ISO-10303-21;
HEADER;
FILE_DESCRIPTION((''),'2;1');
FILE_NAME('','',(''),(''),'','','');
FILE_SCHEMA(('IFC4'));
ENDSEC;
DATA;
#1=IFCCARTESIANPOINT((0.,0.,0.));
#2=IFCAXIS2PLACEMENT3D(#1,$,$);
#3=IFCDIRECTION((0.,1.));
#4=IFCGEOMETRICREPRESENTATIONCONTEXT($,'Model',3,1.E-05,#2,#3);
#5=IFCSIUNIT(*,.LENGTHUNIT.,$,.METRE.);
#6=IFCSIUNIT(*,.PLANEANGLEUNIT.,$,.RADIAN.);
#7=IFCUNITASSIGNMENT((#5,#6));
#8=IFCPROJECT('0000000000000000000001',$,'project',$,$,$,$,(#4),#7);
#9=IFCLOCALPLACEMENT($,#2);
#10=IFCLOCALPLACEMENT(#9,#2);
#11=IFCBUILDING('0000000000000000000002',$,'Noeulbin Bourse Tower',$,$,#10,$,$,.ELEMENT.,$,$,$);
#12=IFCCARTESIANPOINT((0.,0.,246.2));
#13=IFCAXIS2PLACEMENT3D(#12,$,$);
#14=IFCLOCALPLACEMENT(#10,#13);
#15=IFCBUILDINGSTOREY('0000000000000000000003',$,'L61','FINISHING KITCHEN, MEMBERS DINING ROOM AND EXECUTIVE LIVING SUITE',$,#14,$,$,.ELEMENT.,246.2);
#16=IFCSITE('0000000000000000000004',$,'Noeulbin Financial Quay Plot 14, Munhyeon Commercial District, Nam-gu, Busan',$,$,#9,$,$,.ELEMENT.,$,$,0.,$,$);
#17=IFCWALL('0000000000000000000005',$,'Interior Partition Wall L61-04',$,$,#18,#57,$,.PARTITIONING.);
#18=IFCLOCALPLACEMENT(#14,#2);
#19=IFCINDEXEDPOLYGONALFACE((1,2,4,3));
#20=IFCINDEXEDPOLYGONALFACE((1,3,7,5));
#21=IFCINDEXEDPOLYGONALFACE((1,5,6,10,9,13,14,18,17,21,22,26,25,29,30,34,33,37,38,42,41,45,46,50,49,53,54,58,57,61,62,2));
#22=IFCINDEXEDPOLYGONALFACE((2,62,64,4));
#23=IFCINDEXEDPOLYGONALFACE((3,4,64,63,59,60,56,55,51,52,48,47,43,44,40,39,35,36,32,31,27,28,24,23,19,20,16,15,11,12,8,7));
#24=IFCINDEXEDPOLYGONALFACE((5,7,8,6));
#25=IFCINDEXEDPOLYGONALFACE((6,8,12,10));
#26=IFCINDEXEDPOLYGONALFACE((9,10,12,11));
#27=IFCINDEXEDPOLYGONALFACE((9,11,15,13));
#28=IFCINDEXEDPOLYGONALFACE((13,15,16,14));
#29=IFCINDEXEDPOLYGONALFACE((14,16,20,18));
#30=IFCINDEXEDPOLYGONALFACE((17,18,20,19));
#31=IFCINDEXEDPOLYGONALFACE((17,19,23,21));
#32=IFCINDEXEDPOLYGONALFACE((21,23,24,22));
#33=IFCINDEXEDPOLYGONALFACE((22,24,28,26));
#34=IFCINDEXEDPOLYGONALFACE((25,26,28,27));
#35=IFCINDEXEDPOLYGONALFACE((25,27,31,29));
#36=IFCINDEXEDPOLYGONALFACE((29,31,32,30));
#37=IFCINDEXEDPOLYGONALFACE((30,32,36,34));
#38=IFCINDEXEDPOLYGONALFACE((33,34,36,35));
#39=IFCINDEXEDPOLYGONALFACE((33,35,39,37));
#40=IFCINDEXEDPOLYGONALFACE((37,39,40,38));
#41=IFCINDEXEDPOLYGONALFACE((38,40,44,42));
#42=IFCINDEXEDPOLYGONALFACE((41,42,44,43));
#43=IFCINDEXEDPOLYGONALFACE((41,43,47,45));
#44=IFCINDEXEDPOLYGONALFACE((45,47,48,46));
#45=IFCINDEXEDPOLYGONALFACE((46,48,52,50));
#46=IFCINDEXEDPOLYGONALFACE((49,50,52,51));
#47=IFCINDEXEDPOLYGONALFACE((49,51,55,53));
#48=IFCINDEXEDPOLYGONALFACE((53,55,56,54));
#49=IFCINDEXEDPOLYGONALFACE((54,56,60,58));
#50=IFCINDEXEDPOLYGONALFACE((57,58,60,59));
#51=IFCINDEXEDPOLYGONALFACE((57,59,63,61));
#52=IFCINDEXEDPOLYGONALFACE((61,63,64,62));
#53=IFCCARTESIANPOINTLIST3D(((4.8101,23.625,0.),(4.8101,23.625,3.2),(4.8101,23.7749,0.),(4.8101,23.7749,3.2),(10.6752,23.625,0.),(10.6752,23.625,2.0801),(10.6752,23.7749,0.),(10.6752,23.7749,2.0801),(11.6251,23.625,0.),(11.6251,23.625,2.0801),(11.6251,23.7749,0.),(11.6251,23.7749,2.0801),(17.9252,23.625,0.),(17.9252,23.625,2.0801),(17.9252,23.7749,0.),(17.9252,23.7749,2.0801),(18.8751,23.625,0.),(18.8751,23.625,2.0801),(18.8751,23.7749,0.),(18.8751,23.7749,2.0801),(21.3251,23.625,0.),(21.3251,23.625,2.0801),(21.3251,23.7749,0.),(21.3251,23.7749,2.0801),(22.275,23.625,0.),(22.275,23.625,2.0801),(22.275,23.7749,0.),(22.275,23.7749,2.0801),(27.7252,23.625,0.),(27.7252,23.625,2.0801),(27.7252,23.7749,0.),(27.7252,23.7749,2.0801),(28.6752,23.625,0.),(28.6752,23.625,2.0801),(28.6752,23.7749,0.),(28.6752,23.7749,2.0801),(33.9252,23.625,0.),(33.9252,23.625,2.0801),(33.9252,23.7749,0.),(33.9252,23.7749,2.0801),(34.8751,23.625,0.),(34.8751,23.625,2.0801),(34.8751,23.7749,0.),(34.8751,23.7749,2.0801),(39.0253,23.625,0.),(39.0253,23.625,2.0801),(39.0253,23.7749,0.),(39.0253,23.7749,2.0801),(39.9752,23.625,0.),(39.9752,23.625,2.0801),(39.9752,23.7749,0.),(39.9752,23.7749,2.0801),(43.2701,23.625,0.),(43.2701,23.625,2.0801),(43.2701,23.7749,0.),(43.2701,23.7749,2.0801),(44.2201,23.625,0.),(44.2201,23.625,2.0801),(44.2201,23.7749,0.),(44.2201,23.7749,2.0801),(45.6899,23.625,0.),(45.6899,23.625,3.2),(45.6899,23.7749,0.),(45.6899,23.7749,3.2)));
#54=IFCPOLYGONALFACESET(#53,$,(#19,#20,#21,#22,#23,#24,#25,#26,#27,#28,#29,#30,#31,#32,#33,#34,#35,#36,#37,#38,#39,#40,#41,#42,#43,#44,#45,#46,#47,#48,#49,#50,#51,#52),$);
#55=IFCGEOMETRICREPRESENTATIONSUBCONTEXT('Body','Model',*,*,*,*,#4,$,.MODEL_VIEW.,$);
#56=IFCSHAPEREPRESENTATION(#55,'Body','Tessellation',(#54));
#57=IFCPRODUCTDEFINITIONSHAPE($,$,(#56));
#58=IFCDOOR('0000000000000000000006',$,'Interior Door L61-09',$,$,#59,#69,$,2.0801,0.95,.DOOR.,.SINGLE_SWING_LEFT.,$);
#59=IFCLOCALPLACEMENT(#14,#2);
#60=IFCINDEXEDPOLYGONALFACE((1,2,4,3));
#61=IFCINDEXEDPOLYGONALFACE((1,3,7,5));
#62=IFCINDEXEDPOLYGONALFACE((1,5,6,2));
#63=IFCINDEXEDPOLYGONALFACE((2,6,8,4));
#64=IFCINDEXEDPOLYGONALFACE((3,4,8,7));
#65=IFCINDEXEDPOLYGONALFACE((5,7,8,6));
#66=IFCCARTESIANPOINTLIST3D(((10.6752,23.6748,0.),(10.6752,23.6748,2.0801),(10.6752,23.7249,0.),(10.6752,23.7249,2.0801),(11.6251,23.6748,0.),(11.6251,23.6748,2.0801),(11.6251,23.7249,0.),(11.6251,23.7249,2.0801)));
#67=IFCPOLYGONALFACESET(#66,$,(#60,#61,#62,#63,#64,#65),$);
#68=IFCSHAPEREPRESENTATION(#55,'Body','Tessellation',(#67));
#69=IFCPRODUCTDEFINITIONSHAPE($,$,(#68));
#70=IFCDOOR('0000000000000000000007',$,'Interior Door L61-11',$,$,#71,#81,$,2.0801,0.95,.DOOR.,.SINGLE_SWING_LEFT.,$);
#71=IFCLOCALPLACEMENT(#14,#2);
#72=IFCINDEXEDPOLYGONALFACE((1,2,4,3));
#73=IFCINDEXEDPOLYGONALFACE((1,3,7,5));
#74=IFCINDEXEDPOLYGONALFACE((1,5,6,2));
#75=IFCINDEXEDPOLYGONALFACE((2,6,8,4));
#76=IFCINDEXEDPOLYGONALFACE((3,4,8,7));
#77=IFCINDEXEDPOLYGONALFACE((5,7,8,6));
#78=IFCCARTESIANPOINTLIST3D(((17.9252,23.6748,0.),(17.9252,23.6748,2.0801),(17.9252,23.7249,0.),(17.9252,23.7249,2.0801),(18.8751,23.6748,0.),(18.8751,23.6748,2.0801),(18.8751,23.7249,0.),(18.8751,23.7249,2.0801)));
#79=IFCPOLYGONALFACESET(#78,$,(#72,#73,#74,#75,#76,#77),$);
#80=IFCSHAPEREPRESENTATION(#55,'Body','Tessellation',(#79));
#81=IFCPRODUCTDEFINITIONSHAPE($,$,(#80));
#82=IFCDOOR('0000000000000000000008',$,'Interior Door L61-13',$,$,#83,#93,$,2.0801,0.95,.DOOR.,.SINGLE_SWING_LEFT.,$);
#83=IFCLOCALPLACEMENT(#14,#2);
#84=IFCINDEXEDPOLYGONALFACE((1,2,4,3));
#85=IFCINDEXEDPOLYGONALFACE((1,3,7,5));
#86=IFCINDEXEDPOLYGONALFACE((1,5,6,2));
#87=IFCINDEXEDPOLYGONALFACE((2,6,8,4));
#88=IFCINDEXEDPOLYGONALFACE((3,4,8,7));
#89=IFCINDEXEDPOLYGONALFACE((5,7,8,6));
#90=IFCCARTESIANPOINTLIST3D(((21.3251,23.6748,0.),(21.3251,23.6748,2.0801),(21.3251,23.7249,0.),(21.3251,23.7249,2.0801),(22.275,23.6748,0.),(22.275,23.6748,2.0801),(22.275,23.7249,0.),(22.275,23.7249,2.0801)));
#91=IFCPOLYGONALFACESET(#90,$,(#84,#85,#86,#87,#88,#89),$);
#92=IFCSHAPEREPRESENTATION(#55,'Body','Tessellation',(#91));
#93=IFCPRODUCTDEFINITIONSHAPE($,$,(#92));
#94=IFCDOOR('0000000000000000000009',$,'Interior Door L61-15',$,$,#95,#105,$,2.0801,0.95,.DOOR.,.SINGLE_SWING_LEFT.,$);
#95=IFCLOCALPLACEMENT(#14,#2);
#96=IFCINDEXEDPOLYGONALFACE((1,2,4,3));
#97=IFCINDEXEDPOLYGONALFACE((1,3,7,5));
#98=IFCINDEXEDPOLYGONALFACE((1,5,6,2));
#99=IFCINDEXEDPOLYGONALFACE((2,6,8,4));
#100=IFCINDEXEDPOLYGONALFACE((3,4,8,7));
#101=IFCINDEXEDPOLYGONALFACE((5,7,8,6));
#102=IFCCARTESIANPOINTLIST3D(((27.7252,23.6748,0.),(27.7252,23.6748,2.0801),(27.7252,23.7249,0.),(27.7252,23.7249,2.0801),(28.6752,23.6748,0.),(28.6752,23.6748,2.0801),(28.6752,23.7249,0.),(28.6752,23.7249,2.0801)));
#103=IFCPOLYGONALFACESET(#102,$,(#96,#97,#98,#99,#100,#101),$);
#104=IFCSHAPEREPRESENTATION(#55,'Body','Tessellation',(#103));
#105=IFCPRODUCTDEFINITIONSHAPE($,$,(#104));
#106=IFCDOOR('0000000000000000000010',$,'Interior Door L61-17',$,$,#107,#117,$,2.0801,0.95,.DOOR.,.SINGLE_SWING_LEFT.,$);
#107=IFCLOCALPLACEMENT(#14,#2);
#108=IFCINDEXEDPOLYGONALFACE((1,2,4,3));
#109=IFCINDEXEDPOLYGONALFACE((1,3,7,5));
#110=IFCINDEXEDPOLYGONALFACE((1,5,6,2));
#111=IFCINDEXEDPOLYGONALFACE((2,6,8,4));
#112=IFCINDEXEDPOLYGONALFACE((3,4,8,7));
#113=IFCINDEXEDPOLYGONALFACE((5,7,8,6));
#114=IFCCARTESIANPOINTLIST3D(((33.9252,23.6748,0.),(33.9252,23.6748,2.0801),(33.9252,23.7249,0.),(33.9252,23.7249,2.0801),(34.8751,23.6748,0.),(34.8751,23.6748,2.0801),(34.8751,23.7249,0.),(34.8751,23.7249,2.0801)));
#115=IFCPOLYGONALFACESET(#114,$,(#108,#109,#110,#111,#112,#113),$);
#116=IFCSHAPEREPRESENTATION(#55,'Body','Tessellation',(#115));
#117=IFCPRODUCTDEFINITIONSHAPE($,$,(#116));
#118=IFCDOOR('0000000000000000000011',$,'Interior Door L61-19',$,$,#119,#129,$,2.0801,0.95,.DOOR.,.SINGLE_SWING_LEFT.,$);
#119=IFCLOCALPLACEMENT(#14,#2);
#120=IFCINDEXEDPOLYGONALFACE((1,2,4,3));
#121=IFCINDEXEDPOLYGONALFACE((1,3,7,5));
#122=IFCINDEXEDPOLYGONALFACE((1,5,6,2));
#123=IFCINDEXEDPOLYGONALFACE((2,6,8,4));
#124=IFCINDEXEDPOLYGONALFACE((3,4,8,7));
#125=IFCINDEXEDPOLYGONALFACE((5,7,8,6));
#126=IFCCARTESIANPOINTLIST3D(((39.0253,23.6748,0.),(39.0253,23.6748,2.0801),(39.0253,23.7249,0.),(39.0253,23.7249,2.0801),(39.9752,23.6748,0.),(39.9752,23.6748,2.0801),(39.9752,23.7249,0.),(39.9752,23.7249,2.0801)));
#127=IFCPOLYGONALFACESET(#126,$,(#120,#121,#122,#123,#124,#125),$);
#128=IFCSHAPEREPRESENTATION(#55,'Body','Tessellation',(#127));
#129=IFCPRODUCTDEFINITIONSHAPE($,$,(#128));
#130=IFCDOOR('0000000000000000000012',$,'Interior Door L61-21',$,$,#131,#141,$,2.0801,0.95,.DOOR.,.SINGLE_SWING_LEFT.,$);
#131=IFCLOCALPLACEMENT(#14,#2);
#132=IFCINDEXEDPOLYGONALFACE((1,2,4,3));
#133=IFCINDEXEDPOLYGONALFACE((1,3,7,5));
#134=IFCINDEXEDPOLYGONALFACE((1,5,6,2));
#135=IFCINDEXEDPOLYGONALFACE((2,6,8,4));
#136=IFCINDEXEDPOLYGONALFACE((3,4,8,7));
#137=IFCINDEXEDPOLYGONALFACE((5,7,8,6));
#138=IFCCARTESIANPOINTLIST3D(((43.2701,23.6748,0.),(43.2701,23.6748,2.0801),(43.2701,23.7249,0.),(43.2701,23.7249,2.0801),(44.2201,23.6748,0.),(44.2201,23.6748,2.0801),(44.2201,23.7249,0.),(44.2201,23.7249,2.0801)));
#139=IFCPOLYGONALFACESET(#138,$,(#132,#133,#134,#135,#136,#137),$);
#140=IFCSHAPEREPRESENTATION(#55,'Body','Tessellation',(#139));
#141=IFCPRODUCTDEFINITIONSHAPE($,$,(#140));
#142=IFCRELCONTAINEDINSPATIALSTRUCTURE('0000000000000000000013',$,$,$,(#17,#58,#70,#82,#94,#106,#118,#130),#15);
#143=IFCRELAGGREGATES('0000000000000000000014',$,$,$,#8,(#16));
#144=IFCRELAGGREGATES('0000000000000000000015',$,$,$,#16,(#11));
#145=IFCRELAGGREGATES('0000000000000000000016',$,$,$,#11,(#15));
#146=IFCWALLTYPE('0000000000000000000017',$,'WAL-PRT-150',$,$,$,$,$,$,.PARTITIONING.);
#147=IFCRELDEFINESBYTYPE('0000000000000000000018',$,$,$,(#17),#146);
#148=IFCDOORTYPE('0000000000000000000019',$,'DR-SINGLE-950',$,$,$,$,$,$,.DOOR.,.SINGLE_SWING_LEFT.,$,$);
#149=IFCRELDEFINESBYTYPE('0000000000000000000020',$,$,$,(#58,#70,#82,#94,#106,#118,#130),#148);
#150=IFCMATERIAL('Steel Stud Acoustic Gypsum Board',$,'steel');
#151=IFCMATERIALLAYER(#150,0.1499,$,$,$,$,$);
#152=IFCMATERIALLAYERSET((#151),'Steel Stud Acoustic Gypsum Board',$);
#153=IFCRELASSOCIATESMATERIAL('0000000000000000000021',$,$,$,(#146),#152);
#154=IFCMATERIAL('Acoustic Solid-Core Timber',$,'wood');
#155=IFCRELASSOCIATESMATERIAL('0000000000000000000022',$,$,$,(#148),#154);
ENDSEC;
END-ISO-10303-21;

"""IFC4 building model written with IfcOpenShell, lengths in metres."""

from ifc_helpers import new_model, si_unit, direction, frame, frame_2d, origin, place, context, subcontext, project, spatial, rectangle, extrude, material, layer, layer_set, type_object, element, fill, save


model = new_model("IFC4")

# Units and contexts
model_context = context("Model", 3, precision=1e-05, world=origin(), true_north=direction((0.0, 1.0)))
body_context = subcontext(model_context, "Body", "Model", "MODEL_VIEW")
ifc_project = project(units=[si_unit("LENGTHUNIT", "METRE"), si_unit("PLANEANGLEUNIT", "RADIAN")], contexts=[model_context])

# Site, building, storey
site_placement = place(None, origin())
site = spatial("IfcSite", under=ifc_project, at=site_placement, Name="Noeulbin Financial Quay Plot 14, Munhyeon Commercial District, Nam-gu, Busan", CompositionType="ELEMENT", RefElevation=0.0)
building_placement = place(site_placement, origin())
building = spatial("IfcBuilding", under=site, at=building_placement, Name="Noeulbin Bourse Tower", CompositionType="ELEMENT")
storey_placement = place(building_placement, frame((0.0, 0.0, 246.2)))
storey = spatial("IfcBuildingStorey", under=building, at=storey_placement, Name="L61", Description="FINISHING KITCHEN, MEMBERS DINING ROOM AND EXECUTIVE LIVING SUITE", CompositionType="ELEMENT", Elevation=246.2)

# Wall, openings, doors
ifc_material_1 = material(Name="Steel Stud Acoustic Gypsum Board", Category="steel")
ifc_layer_1 = layer(ifc_material_1, 0.1499)
ifc_layer_set_1 = layer_set([ifc_layer_1], Name="Steel Stud Acoustic Gypsum Board")
wall_type = type_object("IfcWallType", Name="WAL-PRT-150", PredefinedType="PARTITIONING", material=ifc_layer_set_1)
wall_placement = place(storey_placement, frame((4.8101, 23.7, 0.0), z_axis=(0.0, 0.0, 1.0), x_axis=(1.0, 0.0, 0.0)))
wall = element("IfcWall", 1, at=wall_placement, inside=storey, type_object=wall_type, Name="Interior Partition Wall L61-04", PredefinedType="PARTITIONING", context=body_context, shape_type="SweptSolid", body=[
    extrude(rectangle(XDim=40.8799, YDim=0.1499, at=frame_2d((20.4399, 0.0))), origin(), (0.0, 0.0, 1.0), 3.2),
])
opening_1_placement = place(wall_placement, frame((5.865, 0.0, 0.0)))
opening_1 = element("IfcOpeningElement", 2, at=opening_1_placement, cuts=wall, PredefinedType="OPENING", context=body_context, shape_type="SweptSolid", body=[
    extrude(rectangle(XDim=0.95, YDim=2.0801, at=frame_2d((0.4751, 1.04))), frame((0.0, 0.085, 0.0), z_axis=(0.0, -1.0, 0.0), x_axis=(1.0, 0.0, 0.0)), (0.0, 0.0, 1.0), 0.1699),
])
opening_2_placement = place(wall_placement, frame((13.115, 0.0, 0.0)))
opening_2 = element("IfcOpeningElement", 3, at=opening_2_placement, cuts=wall, PredefinedType="OPENING", context=body_context, shape_type="SweptSolid", body=[
    extrude(rectangle(XDim=0.95, YDim=2.0801, at=frame_2d((0.4751, 1.04))), frame((0.0, 0.085, 0.0), z_axis=(0.0, -1.0, 0.0), x_axis=(1.0, 0.0, 0.0)), (0.0, 0.0, 1.0), 0.1699),
])
opening_3_placement = place(wall_placement, frame((16.5149, 0.0, 0.0)))
opening_3 = element("IfcOpeningElement", 4, at=opening_3_placement, cuts=wall, PredefinedType="OPENING", context=body_context, shape_type="SweptSolid", body=[
    extrude(rectangle(XDim=0.95, YDim=2.0801, at=frame_2d((0.4751, 1.04))), frame((0.0, 0.085, 0.0), z_axis=(0.0, -1.0, 0.0), x_axis=(1.0, 0.0, 0.0)), (0.0, 0.0, 1.0), 0.1699),
])
opening_4_placement = place(wall_placement, frame((22.915, 0.0, 0.0)))
opening_4 = element("IfcOpeningElement", 5, at=opening_4_placement, cuts=wall, PredefinedType="OPENING", context=body_context, shape_type="SweptSolid", body=[
    extrude(rectangle(XDim=0.95, YDim=2.0801, at=frame_2d((0.4751, 1.04))), frame((0.0, 0.085, 0.0), z_axis=(0.0, -1.0, 0.0), x_axis=(1.0, 0.0, 0.0)), (0.0, 0.0, 1.0), 0.1699),
])
opening_5_placement = place(wall_placement, frame((29.115, 0.0, 0.0)))
opening_5 = element("IfcOpeningElement", 6, at=opening_5_placement, cuts=wall, PredefinedType="OPENING", context=body_context, shape_type="SweptSolid", body=[
    extrude(rectangle(XDim=0.95, YDim=2.0801, at=frame_2d((0.4751, 1.04))), frame((0.0, 0.085, 0.0), z_axis=(0.0, -1.0, 0.0), x_axis=(1.0, 0.0, 0.0)), (0.0, 0.0, 1.0), 0.1699),
])
opening_6_placement = place(wall_placement, frame((34.2151, 0.0, 0.0)))
opening_6 = element("IfcOpeningElement", 7, at=opening_6_placement, cuts=wall, PredefinedType="OPENING", context=body_context, shape_type="SweptSolid", body=[
    extrude(rectangle(XDim=0.95, YDim=2.0801, at=frame_2d((0.4751, 1.04))), frame((0.0, 0.085, 0.0), z_axis=(0.0, -1.0, 0.0), x_axis=(1.0, 0.0, 0.0)), (0.0, 0.0, 1.0), 0.1699),
])
opening_7_placement = place(wall_placement, frame((38.46, 0.0, 0.0)))
opening_7 = element("IfcOpeningElement", 8, at=opening_7_placement, cuts=wall, PredefinedType="OPENING", context=body_context, shape_type="SweptSolid", body=[
    extrude(rectangle(XDim=0.95, YDim=2.0801, at=frame_2d((0.4751, 1.04))), frame((0.0, 0.085, 0.0), z_axis=(0.0, -1.0, 0.0), x_axis=(1.0, 0.0, 0.0)), (0.0, 0.0, 1.0), 0.1699),
])
ifc_material_2 = material(Name="Acoustic Solid-Core Timber", Category="wood")
door_type = type_object("IfcDoorType", Name="DR-SINGLE-950", OperationType="SINGLE_SWING_LEFT", PredefinedType="DOOR", material=ifc_material_2)
door_1_placement = place(opening_1_placement, origin())
door_1 = element("IfcDoor", 9, at=door_1_placement, inside=storey, type_object=door_type, Name="Interior Door L61-09", OperationType="SINGLE_SWING_LEFT", OverallHeight=2.0801, OverallWidth=0.95, PredefinedType="DOOR", context=body_context, shape_type="SweptSolid", body=[
    extrude(rectangle(XDim=0.95, YDim=2.0801, at=frame_2d((0.4751, 1.04))), frame((0.0, 0.0249, 0.0), z_axis=(0.0, -1.0, 0.0), x_axis=(1.0, 0.0, 0.0)), (0.0, 0.0, 1.0), 0.05),
])
fill(opening_1, door_1)
door_2_placement = place(opening_2_placement, origin())
door_2 = element("IfcDoor", 10, at=door_2_placement, inside=storey, type_object=door_type, Name="Interior Door L61-11", OperationType="SINGLE_SWING_LEFT", OverallHeight=2.0801, OverallWidth=0.95, PredefinedType="DOOR", context=body_context, shape_type="SweptSolid", body=[
    extrude(rectangle(XDim=0.95, YDim=2.0801, at=frame_2d((0.4751, 1.04))), frame((0.0, 0.0249, 0.0), z_axis=(0.0, -1.0, 0.0), x_axis=(1.0, 0.0, 0.0)), (0.0, 0.0, 1.0), 0.05),
])
fill(opening_2, door_2)
door_3_placement = place(opening_3_placement, origin())
door_3 = element("IfcDoor", 11, at=door_3_placement, inside=storey, type_object=door_type, Name="Interior Door L61-13", OperationType="SINGLE_SWING_LEFT", OverallHeight=2.0801, OverallWidth=0.95, PredefinedType="DOOR", context=body_context, shape_type="SweptSolid", body=[
    extrude(rectangle(XDim=0.95, YDim=2.0801, at=frame_2d((0.4751, 1.04))), frame((0.0, 0.0249, 0.0), z_axis=(0.0, -1.0, 0.0), x_axis=(1.0, 0.0, 0.0)), (0.0, 0.0, 1.0), 0.05),
])
fill(opening_3, door_3)
door_4_placement = place(opening_4_placement, origin())
door_4 = element("IfcDoor", 12, at=door_4_placement, inside=storey, type_object=door_type, Name="Interior Door L61-15", OperationType="SINGLE_SWING_LEFT", OverallHeight=2.0801, OverallWidth=0.95, PredefinedType="DOOR", context=body_context, shape_type="SweptSolid", body=[
    extrude(rectangle(XDim=0.95, YDim=2.0801, at=frame_2d((0.4751, 1.04))), frame((0.0, 0.0249, 0.0), z_axis=(0.0, -1.0, 0.0), x_axis=(1.0, 0.0, 0.0)), (0.0, 0.0, 1.0), 0.05),
])
fill(opening_4, door_4)
door_5_placement = place(opening_5_placement, origin())
door_5 = element("IfcDoor", 13, at=door_5_placement, inside=storey, type_object=door_type, Name="Interior Door L61-17", OperationType="SINGLE_SWING_LEFT", OverallHeight=2.0801, OverallWidth=0.95, PredefinedType="DOOR", context=body_context, shape_type="SweptSolid", body=[
    extrude(rectangle(XDim=0.95, YDim=2.0801, at=frame_2d((0.4751, 1.04))), frame((0.0, 0.0249, 0.0), z_axis=(0.0, -1.0, 0.0), x_axis=(1.0, 0.0, 0.0)), (0.0, 0.0, 1.0), 0.05),
])
fill(opening_5, door_5)
door_6_placement = place(opening_6_placement, origin())
door_6 = element("IfcDoor", 14, at=door_6_placement, inside=storey, type_object=door_type, Name="Interior Door L61-19", OperationType="SINGLE_SWING_LEFT", OverallHeight=2.0801, OverallWidth=0.95, PredefinedType="DOOR", context=body_context, shape_type="SweptSolid", body=[
    extrude(rectangle(XDim=0.95, YDim=2.0801, at=frame_2d((0.4751, 1.04))), frame((0.0, 0.0249, 0.0), z_axis=(0.0, -1.0, 0.0), x_axis=(1.0, 0.0, 0.0)), (0.0, 0.0, 1.0), 0.05),
])
fill(opening_6, door_6)
door_7_placement = place(opening_7_placement, origin())
door_7 = element("IfcDoor", 15, at=door_7_placement, inside=storey, type_object=door_type, Name="Interior Door L61-21", OperationType="SINGLE_SWING_LEFT", OverallHeight=2.0801, OverallWidth=0.95, PredefinedType="DOOR", context=body_context, shape_type="SweptSolid", body=[
    extrude(rectangle(XDim=0.95, YDim=2.0801, at=frame_2d((0.4751, 1.04))), frame((0.0, 0.0249, 0.0), z_axis=(0.0, -1.0, 0.0), x_axis=(1.0, 0.0, 0.0)), (0.0, 0.0, 1.0), 0.05),
])
fill(opening_7, door_7)

save(model, "model.ifc")
